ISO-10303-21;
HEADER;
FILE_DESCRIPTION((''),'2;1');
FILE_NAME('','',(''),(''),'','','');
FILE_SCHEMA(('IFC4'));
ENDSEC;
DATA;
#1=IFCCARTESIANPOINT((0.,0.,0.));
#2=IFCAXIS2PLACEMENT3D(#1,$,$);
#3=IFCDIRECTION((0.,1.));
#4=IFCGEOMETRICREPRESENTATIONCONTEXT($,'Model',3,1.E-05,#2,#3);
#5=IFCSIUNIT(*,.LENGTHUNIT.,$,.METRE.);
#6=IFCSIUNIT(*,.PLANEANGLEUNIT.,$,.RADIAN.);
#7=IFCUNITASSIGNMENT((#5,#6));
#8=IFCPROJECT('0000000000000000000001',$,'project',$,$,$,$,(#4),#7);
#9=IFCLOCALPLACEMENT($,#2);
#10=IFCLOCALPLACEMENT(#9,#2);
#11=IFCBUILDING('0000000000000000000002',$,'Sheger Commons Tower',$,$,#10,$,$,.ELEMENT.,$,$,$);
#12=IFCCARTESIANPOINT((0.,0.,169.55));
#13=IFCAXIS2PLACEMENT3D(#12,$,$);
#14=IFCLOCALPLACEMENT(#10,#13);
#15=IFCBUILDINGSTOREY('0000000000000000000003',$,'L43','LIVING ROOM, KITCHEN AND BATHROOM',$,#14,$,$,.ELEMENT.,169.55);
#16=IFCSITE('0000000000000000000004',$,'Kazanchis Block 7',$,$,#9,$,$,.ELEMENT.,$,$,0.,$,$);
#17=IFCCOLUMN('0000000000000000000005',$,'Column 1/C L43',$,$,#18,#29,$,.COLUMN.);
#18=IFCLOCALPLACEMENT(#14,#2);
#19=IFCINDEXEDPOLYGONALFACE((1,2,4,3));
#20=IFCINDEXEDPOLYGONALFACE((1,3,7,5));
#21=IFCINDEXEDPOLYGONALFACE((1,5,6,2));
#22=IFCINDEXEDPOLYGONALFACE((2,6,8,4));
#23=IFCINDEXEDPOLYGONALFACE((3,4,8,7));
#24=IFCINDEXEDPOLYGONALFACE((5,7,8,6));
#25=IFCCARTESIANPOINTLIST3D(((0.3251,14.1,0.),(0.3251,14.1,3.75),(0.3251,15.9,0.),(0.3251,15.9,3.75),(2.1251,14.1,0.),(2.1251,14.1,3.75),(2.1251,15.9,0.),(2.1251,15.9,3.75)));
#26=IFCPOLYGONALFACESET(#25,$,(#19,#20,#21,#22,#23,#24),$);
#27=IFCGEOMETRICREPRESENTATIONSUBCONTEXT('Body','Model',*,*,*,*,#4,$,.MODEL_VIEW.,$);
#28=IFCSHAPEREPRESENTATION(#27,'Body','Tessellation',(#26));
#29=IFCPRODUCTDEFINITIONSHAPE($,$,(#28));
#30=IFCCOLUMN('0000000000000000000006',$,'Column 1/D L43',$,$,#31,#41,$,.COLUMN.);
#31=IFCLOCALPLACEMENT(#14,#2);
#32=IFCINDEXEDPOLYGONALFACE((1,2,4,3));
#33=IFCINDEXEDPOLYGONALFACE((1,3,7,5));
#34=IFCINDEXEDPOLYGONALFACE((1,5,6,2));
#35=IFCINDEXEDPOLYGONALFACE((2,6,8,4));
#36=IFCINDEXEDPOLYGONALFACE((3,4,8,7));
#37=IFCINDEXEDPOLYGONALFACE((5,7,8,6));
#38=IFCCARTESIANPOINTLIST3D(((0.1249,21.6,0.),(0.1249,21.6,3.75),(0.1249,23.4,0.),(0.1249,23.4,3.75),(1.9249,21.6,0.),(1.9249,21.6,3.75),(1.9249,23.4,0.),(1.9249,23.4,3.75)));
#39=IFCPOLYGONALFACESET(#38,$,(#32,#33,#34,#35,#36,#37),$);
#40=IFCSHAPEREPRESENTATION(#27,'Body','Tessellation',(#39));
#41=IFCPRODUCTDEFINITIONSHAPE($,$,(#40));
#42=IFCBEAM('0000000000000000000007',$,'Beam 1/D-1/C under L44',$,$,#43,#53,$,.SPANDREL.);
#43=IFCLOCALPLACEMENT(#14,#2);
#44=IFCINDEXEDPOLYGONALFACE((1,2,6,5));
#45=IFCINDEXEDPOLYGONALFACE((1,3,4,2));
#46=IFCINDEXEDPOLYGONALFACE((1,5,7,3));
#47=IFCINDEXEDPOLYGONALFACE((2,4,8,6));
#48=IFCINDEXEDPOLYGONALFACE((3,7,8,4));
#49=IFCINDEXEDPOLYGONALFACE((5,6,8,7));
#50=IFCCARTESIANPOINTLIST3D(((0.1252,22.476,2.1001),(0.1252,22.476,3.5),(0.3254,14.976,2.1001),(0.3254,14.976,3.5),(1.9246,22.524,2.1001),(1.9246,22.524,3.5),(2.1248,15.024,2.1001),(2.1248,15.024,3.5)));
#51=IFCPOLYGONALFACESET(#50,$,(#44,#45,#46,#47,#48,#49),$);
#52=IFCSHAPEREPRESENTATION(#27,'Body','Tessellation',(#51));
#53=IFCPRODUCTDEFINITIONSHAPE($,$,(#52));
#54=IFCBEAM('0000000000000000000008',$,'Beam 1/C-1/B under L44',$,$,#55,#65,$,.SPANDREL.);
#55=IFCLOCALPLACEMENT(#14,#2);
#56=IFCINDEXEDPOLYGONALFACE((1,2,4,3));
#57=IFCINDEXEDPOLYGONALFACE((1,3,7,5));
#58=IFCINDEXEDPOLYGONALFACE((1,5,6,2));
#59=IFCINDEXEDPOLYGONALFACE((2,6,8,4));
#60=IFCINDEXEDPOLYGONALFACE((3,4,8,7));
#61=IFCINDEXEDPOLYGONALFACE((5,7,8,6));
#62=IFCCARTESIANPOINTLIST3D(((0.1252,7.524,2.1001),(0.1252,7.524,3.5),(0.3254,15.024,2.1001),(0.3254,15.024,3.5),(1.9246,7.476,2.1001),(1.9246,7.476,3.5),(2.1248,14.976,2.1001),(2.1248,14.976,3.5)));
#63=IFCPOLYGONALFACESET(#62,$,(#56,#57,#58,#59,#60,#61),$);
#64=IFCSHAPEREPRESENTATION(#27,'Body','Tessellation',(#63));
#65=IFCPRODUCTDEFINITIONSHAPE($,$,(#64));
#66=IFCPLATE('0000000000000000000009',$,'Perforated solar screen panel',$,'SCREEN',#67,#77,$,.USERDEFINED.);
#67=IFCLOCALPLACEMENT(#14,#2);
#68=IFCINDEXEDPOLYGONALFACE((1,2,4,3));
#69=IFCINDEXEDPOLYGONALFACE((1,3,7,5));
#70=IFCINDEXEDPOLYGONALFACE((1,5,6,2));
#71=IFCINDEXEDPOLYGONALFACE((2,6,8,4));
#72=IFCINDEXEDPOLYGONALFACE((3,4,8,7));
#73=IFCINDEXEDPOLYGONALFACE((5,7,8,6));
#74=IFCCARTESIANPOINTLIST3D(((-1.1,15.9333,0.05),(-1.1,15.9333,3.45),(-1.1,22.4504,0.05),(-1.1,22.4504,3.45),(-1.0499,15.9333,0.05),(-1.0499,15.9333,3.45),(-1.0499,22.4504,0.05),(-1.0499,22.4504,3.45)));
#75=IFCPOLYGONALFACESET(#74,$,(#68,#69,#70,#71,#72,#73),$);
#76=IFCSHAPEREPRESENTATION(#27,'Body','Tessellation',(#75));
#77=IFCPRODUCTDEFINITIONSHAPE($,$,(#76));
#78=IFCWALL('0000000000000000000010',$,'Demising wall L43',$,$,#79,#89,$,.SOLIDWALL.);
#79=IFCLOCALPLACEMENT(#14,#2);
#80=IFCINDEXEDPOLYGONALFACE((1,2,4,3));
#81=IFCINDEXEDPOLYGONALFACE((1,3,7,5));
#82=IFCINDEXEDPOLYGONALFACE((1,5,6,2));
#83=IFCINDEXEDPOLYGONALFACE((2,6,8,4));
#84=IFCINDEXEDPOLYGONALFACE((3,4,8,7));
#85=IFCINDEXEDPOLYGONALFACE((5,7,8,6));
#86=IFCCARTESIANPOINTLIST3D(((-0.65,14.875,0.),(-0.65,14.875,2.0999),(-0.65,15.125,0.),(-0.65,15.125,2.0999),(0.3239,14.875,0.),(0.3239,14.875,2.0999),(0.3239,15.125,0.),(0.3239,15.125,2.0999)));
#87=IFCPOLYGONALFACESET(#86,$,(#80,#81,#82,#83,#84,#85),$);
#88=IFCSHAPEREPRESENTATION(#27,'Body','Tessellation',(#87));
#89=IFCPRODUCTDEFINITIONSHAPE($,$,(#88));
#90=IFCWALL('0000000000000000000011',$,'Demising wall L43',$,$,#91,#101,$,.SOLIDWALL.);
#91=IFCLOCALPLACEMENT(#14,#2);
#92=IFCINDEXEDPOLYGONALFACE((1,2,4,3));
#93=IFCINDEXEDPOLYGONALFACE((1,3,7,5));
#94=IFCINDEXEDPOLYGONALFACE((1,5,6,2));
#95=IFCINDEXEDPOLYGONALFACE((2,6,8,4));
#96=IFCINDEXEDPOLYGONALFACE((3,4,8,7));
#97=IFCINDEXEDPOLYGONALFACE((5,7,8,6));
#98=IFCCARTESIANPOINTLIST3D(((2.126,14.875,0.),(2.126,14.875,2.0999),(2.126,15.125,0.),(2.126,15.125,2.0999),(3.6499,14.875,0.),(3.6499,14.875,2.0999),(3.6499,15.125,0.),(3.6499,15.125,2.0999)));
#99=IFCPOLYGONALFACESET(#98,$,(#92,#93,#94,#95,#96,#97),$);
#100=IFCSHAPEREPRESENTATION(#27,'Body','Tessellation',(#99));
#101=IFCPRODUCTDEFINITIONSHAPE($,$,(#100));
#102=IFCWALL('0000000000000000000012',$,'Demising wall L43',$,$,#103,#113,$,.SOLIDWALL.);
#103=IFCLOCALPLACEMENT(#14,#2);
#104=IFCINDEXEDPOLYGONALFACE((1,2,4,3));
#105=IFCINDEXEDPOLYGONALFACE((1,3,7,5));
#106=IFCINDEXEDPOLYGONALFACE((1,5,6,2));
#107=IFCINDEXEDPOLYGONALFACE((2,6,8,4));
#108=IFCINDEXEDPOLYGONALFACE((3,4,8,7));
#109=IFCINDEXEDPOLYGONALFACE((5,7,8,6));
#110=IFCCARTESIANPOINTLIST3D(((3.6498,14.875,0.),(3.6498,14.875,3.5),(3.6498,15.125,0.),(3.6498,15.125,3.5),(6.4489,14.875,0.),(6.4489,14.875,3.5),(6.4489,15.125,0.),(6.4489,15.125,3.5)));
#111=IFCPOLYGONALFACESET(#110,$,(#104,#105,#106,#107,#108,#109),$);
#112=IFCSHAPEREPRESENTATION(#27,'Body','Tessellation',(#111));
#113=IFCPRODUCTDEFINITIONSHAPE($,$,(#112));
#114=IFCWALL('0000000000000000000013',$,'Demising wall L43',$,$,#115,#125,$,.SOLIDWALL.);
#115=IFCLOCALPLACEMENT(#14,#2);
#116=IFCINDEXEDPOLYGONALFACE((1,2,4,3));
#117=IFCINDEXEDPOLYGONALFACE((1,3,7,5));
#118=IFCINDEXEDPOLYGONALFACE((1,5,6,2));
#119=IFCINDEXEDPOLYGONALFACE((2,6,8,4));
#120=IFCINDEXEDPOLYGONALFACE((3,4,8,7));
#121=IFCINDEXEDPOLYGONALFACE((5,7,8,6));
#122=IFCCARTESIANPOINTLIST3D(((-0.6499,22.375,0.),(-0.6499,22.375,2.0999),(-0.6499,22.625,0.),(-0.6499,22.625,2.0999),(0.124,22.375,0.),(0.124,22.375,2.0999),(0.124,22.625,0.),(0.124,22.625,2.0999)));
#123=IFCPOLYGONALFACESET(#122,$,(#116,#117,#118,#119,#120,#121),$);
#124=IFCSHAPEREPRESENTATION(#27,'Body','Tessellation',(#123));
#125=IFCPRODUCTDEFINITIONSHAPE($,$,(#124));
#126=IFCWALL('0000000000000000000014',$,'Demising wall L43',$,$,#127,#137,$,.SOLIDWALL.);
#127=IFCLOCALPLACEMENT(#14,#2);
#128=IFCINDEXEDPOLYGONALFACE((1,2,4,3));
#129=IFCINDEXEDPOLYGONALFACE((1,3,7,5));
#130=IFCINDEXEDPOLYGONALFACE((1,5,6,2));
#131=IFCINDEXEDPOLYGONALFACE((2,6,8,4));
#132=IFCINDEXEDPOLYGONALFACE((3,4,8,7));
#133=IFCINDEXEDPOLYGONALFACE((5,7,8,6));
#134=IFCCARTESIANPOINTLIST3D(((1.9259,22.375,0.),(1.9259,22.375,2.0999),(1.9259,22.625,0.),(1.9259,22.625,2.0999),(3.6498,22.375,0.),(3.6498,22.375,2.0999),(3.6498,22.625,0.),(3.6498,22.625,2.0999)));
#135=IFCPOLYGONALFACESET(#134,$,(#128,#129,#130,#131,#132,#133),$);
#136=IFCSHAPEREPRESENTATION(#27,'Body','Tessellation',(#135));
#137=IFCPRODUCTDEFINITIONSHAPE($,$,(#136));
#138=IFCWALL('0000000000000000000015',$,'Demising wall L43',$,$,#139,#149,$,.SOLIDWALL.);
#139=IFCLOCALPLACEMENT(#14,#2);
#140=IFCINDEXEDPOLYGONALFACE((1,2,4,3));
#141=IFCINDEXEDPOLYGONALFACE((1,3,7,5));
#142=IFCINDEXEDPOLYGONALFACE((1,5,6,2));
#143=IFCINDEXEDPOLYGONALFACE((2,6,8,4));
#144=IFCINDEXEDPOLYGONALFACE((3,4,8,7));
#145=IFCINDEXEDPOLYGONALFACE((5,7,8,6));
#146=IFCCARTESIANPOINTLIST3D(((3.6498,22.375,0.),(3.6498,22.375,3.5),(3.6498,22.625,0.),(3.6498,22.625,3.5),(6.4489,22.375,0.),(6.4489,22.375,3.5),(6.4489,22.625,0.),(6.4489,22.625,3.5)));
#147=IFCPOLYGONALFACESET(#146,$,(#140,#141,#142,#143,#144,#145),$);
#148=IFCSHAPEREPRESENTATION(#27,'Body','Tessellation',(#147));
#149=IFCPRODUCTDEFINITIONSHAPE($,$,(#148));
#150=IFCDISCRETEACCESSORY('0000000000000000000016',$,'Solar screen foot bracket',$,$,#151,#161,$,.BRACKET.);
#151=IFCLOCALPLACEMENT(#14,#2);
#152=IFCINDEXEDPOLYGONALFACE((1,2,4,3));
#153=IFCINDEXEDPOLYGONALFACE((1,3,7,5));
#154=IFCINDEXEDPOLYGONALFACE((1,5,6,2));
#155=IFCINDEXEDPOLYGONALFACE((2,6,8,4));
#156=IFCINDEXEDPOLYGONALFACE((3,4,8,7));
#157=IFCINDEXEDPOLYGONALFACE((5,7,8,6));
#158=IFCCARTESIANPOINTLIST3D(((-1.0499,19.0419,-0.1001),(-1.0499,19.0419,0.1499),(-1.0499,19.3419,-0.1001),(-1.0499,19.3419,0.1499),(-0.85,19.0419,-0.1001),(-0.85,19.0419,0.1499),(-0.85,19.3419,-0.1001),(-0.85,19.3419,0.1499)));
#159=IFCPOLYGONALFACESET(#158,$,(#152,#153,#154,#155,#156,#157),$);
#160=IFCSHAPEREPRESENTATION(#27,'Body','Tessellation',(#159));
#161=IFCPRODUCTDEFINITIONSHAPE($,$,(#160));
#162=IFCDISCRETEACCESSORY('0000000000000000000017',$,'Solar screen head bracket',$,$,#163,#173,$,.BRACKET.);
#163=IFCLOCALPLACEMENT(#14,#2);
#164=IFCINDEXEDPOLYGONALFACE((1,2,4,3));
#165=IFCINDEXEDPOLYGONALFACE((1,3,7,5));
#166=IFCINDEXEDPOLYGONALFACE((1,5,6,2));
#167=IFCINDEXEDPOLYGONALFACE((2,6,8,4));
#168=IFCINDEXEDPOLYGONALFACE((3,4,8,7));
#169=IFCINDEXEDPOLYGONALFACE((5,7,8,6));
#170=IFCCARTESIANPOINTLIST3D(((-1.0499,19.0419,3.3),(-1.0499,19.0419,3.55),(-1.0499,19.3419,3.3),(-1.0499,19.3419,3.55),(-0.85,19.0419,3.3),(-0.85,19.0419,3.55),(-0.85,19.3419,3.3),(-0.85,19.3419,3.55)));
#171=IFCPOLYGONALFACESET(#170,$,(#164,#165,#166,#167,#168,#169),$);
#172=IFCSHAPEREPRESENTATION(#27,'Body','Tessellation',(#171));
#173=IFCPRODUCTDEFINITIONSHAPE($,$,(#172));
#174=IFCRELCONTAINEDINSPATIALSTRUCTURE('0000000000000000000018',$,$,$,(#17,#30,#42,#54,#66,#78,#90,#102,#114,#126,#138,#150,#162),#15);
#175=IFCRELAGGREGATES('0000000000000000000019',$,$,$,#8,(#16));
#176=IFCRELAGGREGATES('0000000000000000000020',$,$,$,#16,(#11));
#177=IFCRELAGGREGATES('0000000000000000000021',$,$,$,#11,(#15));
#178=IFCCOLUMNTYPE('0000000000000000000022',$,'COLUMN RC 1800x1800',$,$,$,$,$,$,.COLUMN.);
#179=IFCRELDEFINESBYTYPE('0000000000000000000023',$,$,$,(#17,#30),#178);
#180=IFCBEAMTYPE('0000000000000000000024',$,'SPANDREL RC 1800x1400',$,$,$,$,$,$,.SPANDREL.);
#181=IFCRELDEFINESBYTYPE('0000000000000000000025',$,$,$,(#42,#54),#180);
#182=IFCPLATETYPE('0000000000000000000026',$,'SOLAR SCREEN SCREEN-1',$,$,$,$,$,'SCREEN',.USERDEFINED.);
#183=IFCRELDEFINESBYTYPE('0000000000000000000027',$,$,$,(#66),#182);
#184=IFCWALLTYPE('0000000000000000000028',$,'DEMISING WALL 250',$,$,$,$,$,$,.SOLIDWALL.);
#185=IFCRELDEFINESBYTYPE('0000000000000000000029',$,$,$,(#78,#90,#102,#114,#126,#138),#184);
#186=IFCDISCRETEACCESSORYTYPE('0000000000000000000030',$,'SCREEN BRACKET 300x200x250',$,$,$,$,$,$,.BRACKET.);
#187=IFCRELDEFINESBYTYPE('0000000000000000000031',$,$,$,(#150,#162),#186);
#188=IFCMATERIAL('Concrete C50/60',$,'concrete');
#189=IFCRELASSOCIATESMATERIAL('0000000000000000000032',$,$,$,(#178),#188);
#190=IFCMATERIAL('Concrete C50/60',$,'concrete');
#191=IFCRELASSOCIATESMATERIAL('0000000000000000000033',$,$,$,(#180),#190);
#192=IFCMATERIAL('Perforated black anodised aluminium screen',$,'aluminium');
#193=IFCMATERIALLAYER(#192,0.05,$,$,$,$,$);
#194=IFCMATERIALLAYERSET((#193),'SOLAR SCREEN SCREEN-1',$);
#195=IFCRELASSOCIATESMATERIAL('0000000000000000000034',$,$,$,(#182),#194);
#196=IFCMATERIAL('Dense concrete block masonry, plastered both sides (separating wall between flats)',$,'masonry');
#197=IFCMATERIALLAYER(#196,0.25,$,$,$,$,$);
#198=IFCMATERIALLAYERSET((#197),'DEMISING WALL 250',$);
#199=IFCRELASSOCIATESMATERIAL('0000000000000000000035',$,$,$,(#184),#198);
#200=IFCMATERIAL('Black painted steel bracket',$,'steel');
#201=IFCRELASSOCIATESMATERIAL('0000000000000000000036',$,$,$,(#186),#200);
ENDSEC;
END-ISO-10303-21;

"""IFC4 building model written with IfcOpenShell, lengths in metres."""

from ifc_helpers import new_model, si_unit, direction, frame, frame_2d, origin, origin_2d, place, context, subcontext, project, spatial, rectangle, extrude, material, layer, layer_set, material_profile, profile_set, type_object, element, save


model = new_model("IFC4")

# Units and contexts
model_context = context("Model", 3, precision=1e-05, world=origin(), true_north=direction((0.0, 1.0)))
body_context = subcontext(model_context, "Body", "Model", "MODEL_VIEW")
ifc_project = project(units=[si_unit("LENGTHUNIT", "METRE"), si_unit("PLANEANGLEUNIT", "RADIAN")], contexts=[model_context])

# Site, building, storey
site_placement = place(None, origin())
site = spatial("IfcSite", under=ifc_project, at=site_placement, Name="Kazanchis Block 7", CompositionType="ELEMENT", RefElevation=0.0)
building_placement = place(site_placement, origin())
building = spatial("IfcBuilding", under=site, at=building_placement, Name="Sheger Commons Tower", CompositionType="ELEMENT")
storey_placement = place(building_placement, frame((0.0, 0.0, 169.55)))
storey = spatial("IfcBuildingStorey", under=building, at=storey_placement, Name="L43", Description="LIVING ROOM, KITCHEN AND BATHROOM", CompositionType="ELEMENT", Elevation=169.55)

# Columns
ifc_material_1 = material(Name="Concrete C50/60", Category="concrete")
ifc_material_profile_1 = material_profile(ifc_material_1, rectangle(XDim=1.8, YDim=1.8, at=origin_2d()), Name="RC 1800x1800")
ifc_profile_set_1 = profile_set([ifc_material_profile_1], Name="Concrete C50/60")
column_type = type_object("IfcColumnType", Name="COLUMN RC 1800x1800", PredefinedType="COLUMN", material=ifc_profile_set_1)
for number, where, z_axis, x_axis, name in (
    (1, (1.2251, 15.0, 0.0), (0.0, 0.0, 1.0), (1.0, 0.0, 0.0), "Column 1/C L43"),
    (2, (1.0249, 22.5, 0.0), (0.0, 0.0, 1.0), (1.0, 0.0, 0.0), "Column 1/D L43"),
):
    element("IfcColumn", number, at=place(storey_placement, frame(where, z_axis=z_axis, x_axis=x_axis)), inside=storey, type_object=column_type, Name=name, PredefinedType="COLUMN", context=body_context, shape_type="SweptSolid", body=[
        extrude(rectangle(XDim=1.8, YDim=1.8, at=origin_2d()), origin(), (0.0, 0.0, 1.0), 3.75),
    ])

# Beams
ifc_material_2 = material(Name="Concrete C50/60", Category="concrete")
ifc_material_profile_2 = material_profile(ifc_material_2, rectangle(XDim=1.8, YDim=1.3999, at=origin_2d()), Name="RC 1800x1400")
ifc_profile_set_2 = profile_set([ifc_material_profile_2], Name="Concrete C50/60")
beam_type = type_object("IfcBeamType", Name="SPANDREL RC 1800x1400", PredefinedType="SPANDREL", material=ifc_profile_set_2)
for number, where, z_axis, x_axis, name in (
    (3, (1.0249, 22.5, 2.8), (0.026683, -0.999644, 0.0), (0.999644, 0.026683, 0.0), "Beam 1/D-1/C under L44"),
    (4, (1.2251, 15.0, 2.8), (-0.026683, -0.999644, 0.0), (0.999644, -0.026683, 0.0), "Beam 1/C-1/B under L44"),
):
    element("IfcBeam", number, at=place(storey_placement, frame(where, z_axis=z_axis, x_axis=x_axis)), inside=storey, type_object=beam_type, Name=name, PredefinedType="SPANDREL", context=body_context, shape_type="SweptSolid", body=[
        extrude(rectangle(XDim=1.8, YDim=1.3999, at=origin_2d()), origin(), (0.0, 0.0, 1.0), 7.5027),
    ])

# Plate
ifc_material_3 = material(Name="Perforated black anodised aluminium screen", Category="aluminium")
ifc_layer_1 = layer(ifc_material_3, 0.05)
ifc_layer_set_1 = layer_set([ifc_layer_1], Name="SOLAR SCREEN SCREEN-1")
plate_type = type_object("IfcPlateType", Name="SOLAR SCREEN SCREEN-1", ElementType="SCREEN", PredefinedType="USERDEFINED", material=ifc_layer_set_1)
plate_placement = place(storey_placement, frame((-1.075, 19.1919, 0.05), z_axis=(0.0, 0.0, 1.0), x_axis=(0.0, -1.0, 0.0)))
element("IfcPlate", 5, at=plate_placement, inside=storey, type_object=plate_type, Name="Perforated solar screen panel", ObjectType="SCREEN", PredefinedType="USERDEFINED", context=body_context, shape_type="SweptSolid", body=[
    extrude(rectangle(XDim=6.5171, YDim=0.05, at=origin_2d()), origin(), (0.0, 0.0, 1.0), 3.3999),
])

# Walls
ifc_material_4 = material(Name="Dense concrete block masonry, plastered both sides (separating wall between flats)", Category="masonry")
ifc_layer_2 = layer(ifc_material_4, 0.25)
ifc_layer_set_2 = layer_set([ifc_layer_2], Name="DEMISING WALL 250")
wall_type = type_object("IfcWallType", Name="DEMISING WALL 250", PredefinedType="SOLIDWALL", material=ifc_layer_set_2)
wall_1_placement = place(storey_placement, frame((-0.6499, 15.0, 0.0), z_axis=(0.0, 0.0, 1.0), x_axis=(1.0, 0.0, 0.0)))
element("IfcWall", 6, at=wall_1_placement, inside=storey, type_object=wall_type, Name="Demising wall L43", PredefinedType="SOLIDWALL", context=body_context, shape_type="SweptSolid", body=[
    extrude(rectangle(XDim=0.9739, YDim=0.25, at=frame_2d((0.4868, 0.0))), origin(), (0.0, 0.0, 1.0), 2.0999),
])
wall_2_placement = place(storey_placement, frame((2.126, 15.0, 0.0), z_axis=(0.0, 0.0, 1.0), x_axis=(1.0, 0.0, 0.0)))
element("IfcWall", 7, at=wall_2_placement, inside=storey, type_object=wall_type, Name="Demising wall L43", PredefinedType="SOLIDWALL", context=body_context, shape_type="SweptSolid", body=[
    extrude(rectangle(XDim=1.5239, YDim=0.25, at=frame_2d((0.762, 0.0))), origin(), (0.0, 0.0, 1.0), 2.0999),
])
wall_3_placement = place(storey_placement, frame((3.6499, 15.0, 0.0), z_axis=(0.0, 0.0, 1.0), x_axis=(1.0, 0.0, 0.0)))
element("IfcWall", 8, at=wall_3_placement, inside=storey, type_object=wall_type, Name="Demising wall L43", PredefinedType="SOLIDWALL", context=body_context, shape_type="SweptSolid", body=[
    extrude(rectangle(XDim=2.7991, YDim=0.25, at=frame_2d((1.3994, 0.0))), origin(), (0.0, 0.0, 1.0), 3.5),
])
wall_4_placement = place(storey_placement, frame((-0.6499, 22.5, 0.0), z_axis=(0.0, 0.0, 1.0), x_axis=(1.0, 0.0, 0.0)))
element("IfcWall", 9, at=wall_4_placement, inside=storey, type_object=wall_type, Name="Demising wall L43", PredefinedType="SOLIDWALL", context=body_context, shape_type="SweptSolid", body=[
    extrude(rectangle(XDim=0.7739, YDim=0.25, at=frame_2d((0.387, 0.0))), origin(), (0.0, 0.0, 1.0), 2.0999),
])
wall_5_placement = place(storey_placement, frame((1.926, 22.5, 0.0), z_axis=(0.0, 0.0, 1.0), x_axis=(1.0, 0.0, 0.0)))
element("IfcWall", 10, at=wall_5_placement, inside=storey, type_object=wall_type, Name="Demising wall L43", PredefinedType="SOLIDWALL", context=body_context, shape_type="SweptSolid", body=[
    extrude(rectangle(XDim=1.7239, YDim=0.25, at=frame_2d((0.8618, 0.0))), origin(), (0.0, 0.0, 1.0), 2.0999),
])
wall_6_placement = place(storey_placement, frame((3.6499, 22.5, 0.0), z_axis=(0.0, 0.0, 1.0), x_axis=(1.0, 0.0, 0.0)))
element("IfcWall", 11, at=wall_6_placement, inside=storey, type_object=wall_type, Name="Demising wall L43", PredefinedType="SOLIDWALL", context=body_context, shape_type="SweptSolid", body=[
    extrude(rectangle(XDim=2.7991, YDim=0.25, at=frame_2d((1.3994, 0.0))), origin(), (0.0, 0.0, 1.0), 3.5),
])

# Discrete accessories
ifc_material_5 = material(Name="Black painted steel bracket", Category="steel")
discrete_accessory_type = type_object("IfcDiscreteAccessoryType", Name="SCREEN BRACKET 300x200x250", PredefinedType="BRACKET", material=ifc_material_5)
for number, where, z_axis, x_axis, name in (
    (12, (-0.95, 19.1919, -0.1001), (0.0, 0.0, 1.0), (0.0, -1.0, 0.0), "Solar screen foot bracket"),
    (13, (-0.95, 19.1919, 3.3), (0.0, 0.0, 1.0), (0.0, -1.0, 0.0), "Solar screen head bracket"),
):
    element("IfcDiscreteAccessory", number, at=place(storey_placement, frame(where, z_axis=z_axis, x_axis=x_axis)), inside=storey, type_object=discrete_accessory_type, Name=name, PredefinedType="BRACKET", context=body_context, shape_type="SweptSolid", body=[
        extrude(rectangle(XDim=0.3, YDim=0.2, at=origin_2d()), origin(), (0.0, 0.0, 1.0), 0.25),
    ])

save(model, "model.ifc")
